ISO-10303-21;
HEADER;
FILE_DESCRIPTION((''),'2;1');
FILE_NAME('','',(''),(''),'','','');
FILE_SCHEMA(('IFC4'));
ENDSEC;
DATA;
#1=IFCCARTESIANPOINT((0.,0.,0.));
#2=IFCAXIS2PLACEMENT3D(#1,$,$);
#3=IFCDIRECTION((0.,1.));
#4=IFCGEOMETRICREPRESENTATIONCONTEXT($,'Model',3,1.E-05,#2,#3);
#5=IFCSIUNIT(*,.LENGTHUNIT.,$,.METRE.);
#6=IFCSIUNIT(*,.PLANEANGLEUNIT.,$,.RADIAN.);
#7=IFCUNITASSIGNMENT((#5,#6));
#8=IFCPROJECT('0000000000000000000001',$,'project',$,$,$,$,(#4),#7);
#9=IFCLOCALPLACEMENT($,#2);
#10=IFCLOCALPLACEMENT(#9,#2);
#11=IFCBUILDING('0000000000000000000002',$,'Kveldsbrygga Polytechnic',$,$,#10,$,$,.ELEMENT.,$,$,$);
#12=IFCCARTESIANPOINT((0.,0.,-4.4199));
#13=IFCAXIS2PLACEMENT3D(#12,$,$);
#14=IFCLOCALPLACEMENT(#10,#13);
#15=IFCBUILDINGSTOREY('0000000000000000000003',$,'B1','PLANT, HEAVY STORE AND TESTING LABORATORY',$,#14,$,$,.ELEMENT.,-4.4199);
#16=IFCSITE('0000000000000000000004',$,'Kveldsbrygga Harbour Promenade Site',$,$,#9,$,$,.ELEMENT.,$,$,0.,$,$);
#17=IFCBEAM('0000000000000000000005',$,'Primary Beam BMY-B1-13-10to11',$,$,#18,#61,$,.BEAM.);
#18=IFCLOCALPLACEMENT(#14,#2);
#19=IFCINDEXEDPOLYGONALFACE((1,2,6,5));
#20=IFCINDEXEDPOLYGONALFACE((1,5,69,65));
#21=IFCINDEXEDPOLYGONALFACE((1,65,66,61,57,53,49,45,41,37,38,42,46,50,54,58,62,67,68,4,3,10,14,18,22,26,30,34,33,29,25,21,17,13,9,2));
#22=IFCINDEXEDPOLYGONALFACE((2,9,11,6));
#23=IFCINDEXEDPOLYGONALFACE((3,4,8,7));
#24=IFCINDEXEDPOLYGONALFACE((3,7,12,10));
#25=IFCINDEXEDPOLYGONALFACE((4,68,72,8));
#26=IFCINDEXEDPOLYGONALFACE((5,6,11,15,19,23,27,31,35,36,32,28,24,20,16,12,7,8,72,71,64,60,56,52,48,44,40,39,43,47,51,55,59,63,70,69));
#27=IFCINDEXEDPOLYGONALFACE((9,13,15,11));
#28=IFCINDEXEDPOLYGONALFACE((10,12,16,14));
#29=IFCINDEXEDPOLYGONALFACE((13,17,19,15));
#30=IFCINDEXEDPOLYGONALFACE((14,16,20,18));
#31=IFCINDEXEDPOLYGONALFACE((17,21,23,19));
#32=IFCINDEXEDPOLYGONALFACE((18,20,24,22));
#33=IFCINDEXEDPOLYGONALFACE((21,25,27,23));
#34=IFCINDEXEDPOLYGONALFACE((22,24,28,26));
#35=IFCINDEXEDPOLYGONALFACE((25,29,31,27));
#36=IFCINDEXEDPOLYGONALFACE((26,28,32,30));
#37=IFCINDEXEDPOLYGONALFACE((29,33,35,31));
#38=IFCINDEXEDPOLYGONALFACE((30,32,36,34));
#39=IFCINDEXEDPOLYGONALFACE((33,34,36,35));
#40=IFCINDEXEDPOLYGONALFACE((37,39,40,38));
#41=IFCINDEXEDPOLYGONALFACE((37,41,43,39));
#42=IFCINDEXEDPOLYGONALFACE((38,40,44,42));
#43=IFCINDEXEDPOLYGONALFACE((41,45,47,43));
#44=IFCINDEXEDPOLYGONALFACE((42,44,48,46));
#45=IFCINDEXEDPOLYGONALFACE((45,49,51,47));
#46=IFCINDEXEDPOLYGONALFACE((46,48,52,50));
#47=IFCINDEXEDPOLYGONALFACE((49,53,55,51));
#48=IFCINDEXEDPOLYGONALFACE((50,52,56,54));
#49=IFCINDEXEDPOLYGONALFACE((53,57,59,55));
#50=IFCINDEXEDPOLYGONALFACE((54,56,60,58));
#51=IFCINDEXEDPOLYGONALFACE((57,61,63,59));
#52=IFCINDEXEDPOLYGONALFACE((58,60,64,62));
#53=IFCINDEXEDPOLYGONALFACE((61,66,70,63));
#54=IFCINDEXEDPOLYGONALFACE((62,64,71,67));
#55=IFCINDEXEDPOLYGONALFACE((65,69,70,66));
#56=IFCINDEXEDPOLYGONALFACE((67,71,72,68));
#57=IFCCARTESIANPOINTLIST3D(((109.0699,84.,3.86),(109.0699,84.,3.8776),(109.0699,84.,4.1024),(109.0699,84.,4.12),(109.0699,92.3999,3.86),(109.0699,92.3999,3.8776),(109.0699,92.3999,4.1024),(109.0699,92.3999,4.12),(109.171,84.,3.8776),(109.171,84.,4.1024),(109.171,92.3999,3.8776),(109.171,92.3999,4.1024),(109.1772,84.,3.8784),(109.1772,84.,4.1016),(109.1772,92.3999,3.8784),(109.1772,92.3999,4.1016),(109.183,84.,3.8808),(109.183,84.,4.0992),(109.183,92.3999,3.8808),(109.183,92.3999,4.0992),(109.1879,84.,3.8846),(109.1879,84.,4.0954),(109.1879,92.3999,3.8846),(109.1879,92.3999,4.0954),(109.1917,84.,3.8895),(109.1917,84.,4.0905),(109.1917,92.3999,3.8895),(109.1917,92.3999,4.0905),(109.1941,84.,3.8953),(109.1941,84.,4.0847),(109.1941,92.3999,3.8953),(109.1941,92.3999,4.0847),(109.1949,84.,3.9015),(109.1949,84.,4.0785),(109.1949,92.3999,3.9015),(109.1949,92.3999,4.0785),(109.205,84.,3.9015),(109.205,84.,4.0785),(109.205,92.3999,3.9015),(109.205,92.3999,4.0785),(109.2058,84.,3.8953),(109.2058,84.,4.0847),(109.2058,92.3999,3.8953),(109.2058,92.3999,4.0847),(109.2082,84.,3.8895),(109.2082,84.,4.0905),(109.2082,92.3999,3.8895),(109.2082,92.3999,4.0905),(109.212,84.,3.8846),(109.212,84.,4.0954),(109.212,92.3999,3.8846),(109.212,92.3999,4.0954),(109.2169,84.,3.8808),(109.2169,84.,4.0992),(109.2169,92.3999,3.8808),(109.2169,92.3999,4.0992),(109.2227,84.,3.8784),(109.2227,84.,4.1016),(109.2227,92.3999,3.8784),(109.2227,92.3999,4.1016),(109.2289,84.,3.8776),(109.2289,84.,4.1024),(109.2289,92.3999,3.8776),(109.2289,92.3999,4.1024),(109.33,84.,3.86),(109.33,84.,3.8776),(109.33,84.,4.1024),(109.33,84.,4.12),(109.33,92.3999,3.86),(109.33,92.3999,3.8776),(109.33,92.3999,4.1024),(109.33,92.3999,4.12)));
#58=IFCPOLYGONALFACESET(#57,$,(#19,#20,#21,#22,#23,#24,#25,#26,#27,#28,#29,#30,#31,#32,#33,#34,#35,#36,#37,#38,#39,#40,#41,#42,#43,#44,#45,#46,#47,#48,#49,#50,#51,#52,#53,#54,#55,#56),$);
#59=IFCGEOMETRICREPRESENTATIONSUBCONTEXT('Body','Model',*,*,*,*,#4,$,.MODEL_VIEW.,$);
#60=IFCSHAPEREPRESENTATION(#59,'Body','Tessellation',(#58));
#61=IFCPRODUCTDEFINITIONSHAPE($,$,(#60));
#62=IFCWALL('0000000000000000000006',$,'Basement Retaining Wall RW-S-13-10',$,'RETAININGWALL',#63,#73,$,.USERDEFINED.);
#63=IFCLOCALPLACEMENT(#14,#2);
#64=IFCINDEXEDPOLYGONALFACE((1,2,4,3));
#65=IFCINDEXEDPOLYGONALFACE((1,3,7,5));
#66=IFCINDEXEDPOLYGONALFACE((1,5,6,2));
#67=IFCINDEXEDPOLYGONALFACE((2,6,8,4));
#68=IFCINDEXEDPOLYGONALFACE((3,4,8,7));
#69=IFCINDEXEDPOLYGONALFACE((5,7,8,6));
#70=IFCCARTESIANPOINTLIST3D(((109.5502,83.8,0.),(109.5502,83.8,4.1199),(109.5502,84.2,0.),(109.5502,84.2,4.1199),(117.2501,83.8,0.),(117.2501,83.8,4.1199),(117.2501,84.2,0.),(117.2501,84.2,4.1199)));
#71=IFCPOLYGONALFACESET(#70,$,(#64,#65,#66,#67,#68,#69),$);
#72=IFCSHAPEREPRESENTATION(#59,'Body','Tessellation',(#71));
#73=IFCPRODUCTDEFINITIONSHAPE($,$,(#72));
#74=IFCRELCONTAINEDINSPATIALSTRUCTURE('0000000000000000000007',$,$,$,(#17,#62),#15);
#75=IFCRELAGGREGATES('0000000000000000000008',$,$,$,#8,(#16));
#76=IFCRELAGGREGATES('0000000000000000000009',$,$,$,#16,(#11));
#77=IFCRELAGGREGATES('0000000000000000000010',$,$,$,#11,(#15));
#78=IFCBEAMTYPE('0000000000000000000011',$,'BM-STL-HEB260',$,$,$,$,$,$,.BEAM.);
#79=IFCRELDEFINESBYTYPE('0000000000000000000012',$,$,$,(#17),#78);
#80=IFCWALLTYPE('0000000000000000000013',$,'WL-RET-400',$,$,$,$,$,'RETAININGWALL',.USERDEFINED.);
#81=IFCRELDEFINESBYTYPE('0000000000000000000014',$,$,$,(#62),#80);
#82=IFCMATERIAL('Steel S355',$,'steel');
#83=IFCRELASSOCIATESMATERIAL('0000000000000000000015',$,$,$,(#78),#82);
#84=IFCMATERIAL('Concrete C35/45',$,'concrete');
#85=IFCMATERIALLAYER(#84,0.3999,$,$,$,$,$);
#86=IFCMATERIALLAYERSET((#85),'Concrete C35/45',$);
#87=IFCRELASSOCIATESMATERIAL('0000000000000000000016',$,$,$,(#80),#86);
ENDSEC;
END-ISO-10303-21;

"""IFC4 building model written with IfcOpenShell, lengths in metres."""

from ifc_helpers import new_model, si_unit, direction, frame, frame_2d, origin, origin_2d, place, context, subcontext, project, spatial, rectangle, i_section, extrude, material, layer, layer_set, material_profile, profile_set, type_object, element, save


model = new_model("IFC4")

# Units and contexts
model_context = context("Model", 3, precision=1e-05, world=origin(), true_north=direction((0.0, 1.0)))
body_context = subcontext(model_context, "Body", "Model", "MODEL_VIEW")
ifc_project = project(units=[si_unit("LENGTHUNIT", "METRE"), si_unit("PLANEANGLEUNIT", "RADIAN")], contexts=[model_context])

# Site, building, storey
site_placement = place(None, origin())
site = spatial("IfcSite", under=ifc_project, at=site_placement, Name="Kveldsbrygga Harbour Promenade Site", CompositionType="ELEMENT", RefElevation=0.0)
building_placement = place(site_placement, origin())
building = spatial("IfcBuilding", under=site, at=building_placement, Name="Kveldsbrygga Polytechnic", CompositionType="ELEMENT")
storey_placement = place(building_placement, frame((0.0, 0.0, -4.4199)))
storey = spatial("IfcBuildingStorey", under=building, at=storey_placement, Name="B1", Description="PLANT, HEAVY STORE AND TESTING LABORATORY", CompositionType="ELEMENT", Elevation=-4.4199)

# Beam
ifc_material_1 = material(Name="Concrete C35/45", Category="concrete")
ifc_material_2 = material(Name="Steel S355", Category="steel")
ifc_material_profile_1 = material_profile(ifc_material_2, i_section(OverallWidth=0.26, OverallDepth=0.26, WebThickness=0.01, FlangeThickness=0.0176, FilletRadius=0.0239, at=origin_2d()), Name="HEB 260")
ifc_profile_set_1 = profile_set([ifc_material_profile_1], Name="Steel S355")
beam_type_1 = type_object("IfcBeamType", Name="BM-STL-HEB260", PredefinedType="BEAM", material=ifc_profile_set_1)
beam_1_placement = place(storey_placement, frame((109.2, 84.0, 3.99), z_axis=(0.0, 1.0, 0.0), x_axis=(-1.0, 0.0, 0.0)))
element("IfcBeam", 1, at=beam_1_placement, inside=storey, type_object=beam_type_1, Name="Primary Beam BMY-B1-13-10to11", PredefinedType="BEAM", context=body_context, shape_type="SweptSolid", body=[
    extrude(i_section(OverallWidth=0.26, OverallDepth=0.26, WebThickness=0.01, FlangeThickness=0.0176, FilletRadius=0.0239, at=origin_2d()), origin(), (0.0, 0.0, 1.0), 8.3999),
])

# Wall
ifc_layer = layer(ifc_material_1, 0.3999)
ifc_layer_set = layer_set([ifc_layer], Name="Concrete C35/45")
wall_type = type_object("IfcWallType", Name="WL-RET-400", ElementType="RETAININGWALL", PredefinedType="USERDEFINED", material=ifc_layer_set)
wall_placement = place(storey_placement, frame((109.55, 84.0, 0.0), z_axis=(0.0, 0.0, 1.0), x_axis=(1.0, 0.0, 0.0)))
element("IfcWall", 2, at=wall_placement, inside=storey, type_object=wall_type, Name="Basement Retaining Wall RW-S-13-10", ObjectType="RETAININGWALL", PredefinedType="USERDEFINED", context=body_context, shape_type="SweptSolid", body=[
    extrude(rectangle(XDim=7.7, YDim=0.3999, at=frame_2d((3.8501, 0.0))), origin(), (0.0, 0.0, 1.0), 4.1199),
])

save(model, "model.ifc")
